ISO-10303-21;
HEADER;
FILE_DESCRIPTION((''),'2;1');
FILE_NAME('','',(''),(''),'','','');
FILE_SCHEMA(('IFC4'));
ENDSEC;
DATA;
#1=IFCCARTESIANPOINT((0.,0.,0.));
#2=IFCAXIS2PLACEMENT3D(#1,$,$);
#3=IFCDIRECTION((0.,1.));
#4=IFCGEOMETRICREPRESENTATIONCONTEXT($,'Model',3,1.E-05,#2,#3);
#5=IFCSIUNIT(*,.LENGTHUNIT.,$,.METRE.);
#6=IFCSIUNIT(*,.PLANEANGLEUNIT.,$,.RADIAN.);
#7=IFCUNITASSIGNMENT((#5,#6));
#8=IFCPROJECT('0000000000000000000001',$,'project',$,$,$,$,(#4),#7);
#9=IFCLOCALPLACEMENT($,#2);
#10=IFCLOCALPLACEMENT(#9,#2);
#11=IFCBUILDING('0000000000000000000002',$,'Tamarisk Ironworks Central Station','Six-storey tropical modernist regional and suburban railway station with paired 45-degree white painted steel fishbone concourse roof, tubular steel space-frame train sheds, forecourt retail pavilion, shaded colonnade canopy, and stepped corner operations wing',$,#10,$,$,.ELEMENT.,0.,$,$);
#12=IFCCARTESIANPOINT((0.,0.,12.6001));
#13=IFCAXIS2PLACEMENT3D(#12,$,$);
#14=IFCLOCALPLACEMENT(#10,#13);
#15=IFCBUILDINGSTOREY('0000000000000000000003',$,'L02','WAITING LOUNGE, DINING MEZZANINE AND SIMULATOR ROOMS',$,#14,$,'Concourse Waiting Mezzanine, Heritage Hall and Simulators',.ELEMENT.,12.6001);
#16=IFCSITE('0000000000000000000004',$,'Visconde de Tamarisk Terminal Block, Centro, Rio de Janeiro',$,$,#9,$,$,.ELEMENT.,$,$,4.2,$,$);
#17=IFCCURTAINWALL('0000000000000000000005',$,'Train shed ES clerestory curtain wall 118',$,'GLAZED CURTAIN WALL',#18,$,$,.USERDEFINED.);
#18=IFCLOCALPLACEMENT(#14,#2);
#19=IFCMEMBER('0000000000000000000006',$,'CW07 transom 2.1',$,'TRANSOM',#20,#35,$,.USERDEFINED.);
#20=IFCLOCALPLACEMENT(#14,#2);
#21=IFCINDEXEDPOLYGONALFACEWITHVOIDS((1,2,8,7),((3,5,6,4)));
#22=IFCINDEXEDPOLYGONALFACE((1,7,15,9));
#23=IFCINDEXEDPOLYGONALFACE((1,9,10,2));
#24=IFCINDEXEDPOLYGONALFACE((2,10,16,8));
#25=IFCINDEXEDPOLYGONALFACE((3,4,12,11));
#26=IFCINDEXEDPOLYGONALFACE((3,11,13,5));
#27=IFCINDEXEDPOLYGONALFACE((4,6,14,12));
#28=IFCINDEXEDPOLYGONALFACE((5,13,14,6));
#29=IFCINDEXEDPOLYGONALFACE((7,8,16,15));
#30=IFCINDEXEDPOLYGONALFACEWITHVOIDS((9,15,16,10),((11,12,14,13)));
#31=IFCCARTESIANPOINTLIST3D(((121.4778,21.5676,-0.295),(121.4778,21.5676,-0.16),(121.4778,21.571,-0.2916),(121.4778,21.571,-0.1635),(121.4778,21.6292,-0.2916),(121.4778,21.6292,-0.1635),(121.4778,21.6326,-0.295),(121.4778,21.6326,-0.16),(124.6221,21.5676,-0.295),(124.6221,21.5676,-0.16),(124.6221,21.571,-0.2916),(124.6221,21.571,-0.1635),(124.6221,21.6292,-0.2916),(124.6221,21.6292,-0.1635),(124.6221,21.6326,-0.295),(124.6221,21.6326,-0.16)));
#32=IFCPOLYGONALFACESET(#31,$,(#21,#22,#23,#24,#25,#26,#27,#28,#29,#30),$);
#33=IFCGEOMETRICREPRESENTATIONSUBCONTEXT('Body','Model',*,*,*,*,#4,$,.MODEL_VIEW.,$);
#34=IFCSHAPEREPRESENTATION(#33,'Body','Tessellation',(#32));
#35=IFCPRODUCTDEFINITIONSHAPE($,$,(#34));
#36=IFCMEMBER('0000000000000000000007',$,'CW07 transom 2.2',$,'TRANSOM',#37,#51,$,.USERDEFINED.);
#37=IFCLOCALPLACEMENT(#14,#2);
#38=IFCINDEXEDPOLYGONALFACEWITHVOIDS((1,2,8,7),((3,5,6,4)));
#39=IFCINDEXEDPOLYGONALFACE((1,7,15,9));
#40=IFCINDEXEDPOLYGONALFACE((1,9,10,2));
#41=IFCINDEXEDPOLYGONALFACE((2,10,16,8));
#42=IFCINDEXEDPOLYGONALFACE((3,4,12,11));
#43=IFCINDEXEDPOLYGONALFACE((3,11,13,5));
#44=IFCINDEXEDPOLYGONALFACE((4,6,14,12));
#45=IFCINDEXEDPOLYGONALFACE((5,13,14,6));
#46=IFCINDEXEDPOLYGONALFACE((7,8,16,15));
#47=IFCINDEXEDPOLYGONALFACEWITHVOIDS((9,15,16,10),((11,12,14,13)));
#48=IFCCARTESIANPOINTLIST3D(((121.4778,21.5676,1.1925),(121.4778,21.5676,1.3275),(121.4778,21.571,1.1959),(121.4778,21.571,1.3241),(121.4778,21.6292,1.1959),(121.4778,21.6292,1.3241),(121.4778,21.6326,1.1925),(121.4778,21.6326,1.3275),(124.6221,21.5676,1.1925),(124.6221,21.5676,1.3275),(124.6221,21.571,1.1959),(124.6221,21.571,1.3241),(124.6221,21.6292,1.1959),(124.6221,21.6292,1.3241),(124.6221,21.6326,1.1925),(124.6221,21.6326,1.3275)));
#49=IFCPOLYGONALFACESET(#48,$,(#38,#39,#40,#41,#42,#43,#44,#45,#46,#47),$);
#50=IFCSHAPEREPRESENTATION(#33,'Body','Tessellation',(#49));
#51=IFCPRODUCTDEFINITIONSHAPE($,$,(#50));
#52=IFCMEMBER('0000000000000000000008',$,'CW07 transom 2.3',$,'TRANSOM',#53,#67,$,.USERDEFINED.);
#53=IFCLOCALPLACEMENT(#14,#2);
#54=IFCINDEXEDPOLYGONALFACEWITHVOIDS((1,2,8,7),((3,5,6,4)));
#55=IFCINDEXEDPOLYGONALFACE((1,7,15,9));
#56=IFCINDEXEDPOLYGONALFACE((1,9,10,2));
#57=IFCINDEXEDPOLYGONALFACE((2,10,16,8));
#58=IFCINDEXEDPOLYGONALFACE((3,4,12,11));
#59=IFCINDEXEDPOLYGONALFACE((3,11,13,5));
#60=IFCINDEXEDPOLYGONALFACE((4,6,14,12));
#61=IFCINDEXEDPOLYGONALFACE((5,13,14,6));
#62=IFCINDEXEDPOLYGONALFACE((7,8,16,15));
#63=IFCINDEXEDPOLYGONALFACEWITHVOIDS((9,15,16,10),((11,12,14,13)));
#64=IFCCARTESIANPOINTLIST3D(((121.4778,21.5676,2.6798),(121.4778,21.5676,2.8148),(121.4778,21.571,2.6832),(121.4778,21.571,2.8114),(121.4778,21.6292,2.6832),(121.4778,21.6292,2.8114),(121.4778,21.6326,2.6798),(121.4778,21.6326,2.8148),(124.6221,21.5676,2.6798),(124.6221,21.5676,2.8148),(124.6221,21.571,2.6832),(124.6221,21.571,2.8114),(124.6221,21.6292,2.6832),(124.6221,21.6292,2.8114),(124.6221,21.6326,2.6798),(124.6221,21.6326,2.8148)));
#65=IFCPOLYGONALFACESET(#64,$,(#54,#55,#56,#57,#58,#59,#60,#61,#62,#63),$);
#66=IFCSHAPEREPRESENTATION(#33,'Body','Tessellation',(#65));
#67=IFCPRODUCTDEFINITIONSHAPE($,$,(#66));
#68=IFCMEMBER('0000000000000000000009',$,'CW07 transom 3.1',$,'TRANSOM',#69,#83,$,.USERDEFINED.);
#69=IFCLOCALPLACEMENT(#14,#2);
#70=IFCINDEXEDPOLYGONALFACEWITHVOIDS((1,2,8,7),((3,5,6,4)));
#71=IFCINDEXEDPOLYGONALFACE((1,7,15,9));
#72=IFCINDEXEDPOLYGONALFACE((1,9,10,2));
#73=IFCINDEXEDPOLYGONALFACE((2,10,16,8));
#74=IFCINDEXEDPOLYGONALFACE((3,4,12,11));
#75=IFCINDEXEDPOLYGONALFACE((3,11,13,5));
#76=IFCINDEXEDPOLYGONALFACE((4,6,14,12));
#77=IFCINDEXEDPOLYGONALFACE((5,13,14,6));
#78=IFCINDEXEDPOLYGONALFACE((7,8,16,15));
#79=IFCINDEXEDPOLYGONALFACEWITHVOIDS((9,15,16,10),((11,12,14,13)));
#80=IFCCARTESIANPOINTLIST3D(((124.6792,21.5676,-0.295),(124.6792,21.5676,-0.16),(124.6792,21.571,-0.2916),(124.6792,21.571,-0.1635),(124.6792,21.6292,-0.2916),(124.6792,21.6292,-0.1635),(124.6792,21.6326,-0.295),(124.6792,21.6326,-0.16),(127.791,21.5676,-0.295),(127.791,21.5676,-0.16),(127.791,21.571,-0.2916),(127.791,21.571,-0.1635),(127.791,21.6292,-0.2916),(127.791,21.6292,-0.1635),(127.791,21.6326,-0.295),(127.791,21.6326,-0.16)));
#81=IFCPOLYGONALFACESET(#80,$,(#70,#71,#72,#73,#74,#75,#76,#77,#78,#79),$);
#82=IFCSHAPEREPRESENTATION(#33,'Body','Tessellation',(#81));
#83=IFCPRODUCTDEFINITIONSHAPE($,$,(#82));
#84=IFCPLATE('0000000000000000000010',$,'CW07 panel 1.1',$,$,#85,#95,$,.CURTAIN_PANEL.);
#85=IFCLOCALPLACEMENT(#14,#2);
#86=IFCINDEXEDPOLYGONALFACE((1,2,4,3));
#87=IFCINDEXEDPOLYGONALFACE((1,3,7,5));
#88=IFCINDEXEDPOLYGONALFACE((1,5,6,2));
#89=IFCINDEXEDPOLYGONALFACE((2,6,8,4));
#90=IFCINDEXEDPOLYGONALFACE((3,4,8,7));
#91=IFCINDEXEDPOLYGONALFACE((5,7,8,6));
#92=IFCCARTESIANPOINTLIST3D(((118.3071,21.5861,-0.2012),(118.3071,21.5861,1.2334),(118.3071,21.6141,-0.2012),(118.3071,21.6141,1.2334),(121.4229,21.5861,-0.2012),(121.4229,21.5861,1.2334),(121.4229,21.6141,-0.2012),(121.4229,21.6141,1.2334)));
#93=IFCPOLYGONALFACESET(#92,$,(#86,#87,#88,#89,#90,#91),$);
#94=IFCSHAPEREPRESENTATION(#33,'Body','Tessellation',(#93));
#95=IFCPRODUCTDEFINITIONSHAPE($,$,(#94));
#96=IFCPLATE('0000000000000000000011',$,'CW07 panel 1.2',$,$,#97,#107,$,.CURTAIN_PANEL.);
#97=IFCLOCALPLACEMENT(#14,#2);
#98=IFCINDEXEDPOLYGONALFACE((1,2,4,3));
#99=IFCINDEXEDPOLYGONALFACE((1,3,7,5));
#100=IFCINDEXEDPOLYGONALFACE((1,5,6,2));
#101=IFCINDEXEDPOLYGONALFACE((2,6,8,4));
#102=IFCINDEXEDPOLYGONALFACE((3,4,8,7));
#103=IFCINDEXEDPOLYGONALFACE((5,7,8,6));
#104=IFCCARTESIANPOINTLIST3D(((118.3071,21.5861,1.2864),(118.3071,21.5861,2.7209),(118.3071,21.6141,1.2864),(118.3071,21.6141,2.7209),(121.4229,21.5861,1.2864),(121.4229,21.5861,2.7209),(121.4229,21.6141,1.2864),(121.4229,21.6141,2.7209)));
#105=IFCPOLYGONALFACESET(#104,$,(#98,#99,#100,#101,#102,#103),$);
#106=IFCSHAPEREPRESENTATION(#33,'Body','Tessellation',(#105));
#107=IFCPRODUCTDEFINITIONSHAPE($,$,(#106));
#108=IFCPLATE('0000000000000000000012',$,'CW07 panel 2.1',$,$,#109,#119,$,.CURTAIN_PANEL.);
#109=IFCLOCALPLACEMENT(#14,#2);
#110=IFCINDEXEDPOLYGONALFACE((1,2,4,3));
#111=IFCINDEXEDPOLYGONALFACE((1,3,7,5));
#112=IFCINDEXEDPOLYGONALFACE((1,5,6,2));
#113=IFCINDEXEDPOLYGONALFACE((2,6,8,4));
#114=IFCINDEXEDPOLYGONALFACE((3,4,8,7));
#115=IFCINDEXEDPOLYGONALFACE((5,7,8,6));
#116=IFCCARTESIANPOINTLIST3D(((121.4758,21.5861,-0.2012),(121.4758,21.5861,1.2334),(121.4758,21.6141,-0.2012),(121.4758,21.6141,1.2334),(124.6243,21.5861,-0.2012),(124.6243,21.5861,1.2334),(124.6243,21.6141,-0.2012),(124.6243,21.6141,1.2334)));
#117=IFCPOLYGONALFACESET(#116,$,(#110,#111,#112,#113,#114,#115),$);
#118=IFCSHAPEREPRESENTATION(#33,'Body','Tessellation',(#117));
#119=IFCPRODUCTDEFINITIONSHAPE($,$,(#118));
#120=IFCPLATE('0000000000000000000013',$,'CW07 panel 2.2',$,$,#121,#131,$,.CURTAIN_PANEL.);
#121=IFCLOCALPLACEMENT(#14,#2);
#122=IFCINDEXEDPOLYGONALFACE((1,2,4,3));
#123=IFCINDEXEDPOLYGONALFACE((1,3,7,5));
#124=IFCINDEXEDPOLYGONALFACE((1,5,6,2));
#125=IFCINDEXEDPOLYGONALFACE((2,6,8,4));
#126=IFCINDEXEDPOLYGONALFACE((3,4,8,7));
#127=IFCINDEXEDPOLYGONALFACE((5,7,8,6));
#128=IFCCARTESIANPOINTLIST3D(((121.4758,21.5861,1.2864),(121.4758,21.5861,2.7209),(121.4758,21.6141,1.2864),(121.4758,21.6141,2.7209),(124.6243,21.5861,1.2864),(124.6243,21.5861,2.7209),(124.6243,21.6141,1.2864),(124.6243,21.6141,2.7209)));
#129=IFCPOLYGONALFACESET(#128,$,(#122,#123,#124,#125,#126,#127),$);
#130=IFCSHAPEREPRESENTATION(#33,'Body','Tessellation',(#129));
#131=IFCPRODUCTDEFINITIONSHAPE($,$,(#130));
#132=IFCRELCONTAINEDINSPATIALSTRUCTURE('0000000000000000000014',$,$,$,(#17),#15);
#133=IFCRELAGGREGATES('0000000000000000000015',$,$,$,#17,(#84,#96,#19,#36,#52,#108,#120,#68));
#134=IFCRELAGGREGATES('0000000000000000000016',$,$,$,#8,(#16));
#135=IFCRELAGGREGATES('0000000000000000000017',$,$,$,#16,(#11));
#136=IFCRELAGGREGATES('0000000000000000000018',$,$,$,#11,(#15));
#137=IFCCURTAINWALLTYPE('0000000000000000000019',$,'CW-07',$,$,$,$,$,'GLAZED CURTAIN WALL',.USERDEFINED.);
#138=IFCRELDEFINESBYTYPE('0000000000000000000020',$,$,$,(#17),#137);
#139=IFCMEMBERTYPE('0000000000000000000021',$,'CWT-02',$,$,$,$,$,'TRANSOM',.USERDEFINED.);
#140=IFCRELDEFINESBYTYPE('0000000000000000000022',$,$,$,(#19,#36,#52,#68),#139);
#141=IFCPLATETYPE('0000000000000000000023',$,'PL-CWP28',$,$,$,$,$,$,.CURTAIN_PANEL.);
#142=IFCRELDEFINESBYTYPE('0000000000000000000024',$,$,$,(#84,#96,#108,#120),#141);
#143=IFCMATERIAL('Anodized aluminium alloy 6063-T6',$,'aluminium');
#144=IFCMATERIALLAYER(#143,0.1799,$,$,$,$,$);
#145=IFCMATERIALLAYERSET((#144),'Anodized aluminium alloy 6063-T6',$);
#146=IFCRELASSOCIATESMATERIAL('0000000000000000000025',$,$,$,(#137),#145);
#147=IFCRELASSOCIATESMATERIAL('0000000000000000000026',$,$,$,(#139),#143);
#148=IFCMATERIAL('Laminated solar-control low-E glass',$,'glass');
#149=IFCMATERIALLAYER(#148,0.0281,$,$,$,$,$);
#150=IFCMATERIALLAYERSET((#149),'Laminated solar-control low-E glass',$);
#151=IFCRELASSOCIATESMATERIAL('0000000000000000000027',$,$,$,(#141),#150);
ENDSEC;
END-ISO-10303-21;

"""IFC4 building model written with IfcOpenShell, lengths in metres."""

from ifc_helpers import new_model, si_unit, direction, frame, origin, origin_2d, place, context, subcontext, project, spatial, rectangle, hollow_rectangle, extrude, material, layer, layer_set, material_profile, profile_set, type_object, element, aggregate, save


model = new_model("IFC4")

# Units and contexts
model_context = context("Model", 3, precision=1e-05, world=origin(), true_north=direction((0.0, 1.0)))
body_context = subcontext(model_context, "Body", "Model", "MODEL_VIEW")
ifc_project = project(units=[si_unit("LENGTHUNIT", "METRE"), si_unit("PLANEANGLEUNIT", "RADIAN")], contexts=[model_context])

# Site, building, storey
site_placement = place(None, origin())
site = spatial("IfcSite", under=ifc_project, at=site_placement, Name="Visconde de Tamarisk Terminal Block, Centro, Rio de Janeiro", CompositionType="ELEMENT", RefElevation=4.2)
building_placement = place(site_placement, origin())
building = spatial("IfcBuilding", under=site, at=building_placement, Name="Tamarisk Ironworks Central Station", Description="Six-storey tropical modernist regional and suburban railway station with paired 45-degree white painted steel fishbone concourse roof, tubular steel space-frame train sheds, forecourt retail pavilion, shaded colonnade canopy, and stepped corner operations wing", CompositionType="ELEMENT", ElevationOfRefHeight=0.0)
storey_placement = place(building_placement, frame((0.0, 0.0, 12.6001)))
storey = spatial("IfcBuildingStorey", under=building, at=storey_placement, Name="L02", Description="WAITING LOUNGE, DINING MEZZANINE AND SIMULATOR ROOMS", LongName="Concourse Waiting Mezzanine, Heritage Hall and Simulators", CompositionType="ELEMENT", Elevation=12.6001)

# Curtain wall, members, plates
ifc_material_1 = material(Name="Anodized aluminium alloy 6063-T6", Category="aluminium")
ifc_layer_1 = layer(ifc_material_1, 0.1799)
ifc_layer_set_1 = layer_set([ifc_layer_1], Name="Anodized aluminium alloy 6063-T6")
curtain_wall_type = type_object("IfcCurtainWallType", Name="CW-07", ElementType="GLAZED CURTAIN WALL", PredefinedType="USERDEFINED", material=ifc_layer_set_1)
curtain_wall_placement = place(storey_placement, origin())
curtain_wall = element("IfcCurtainWall", 1, at=curtain_wall_placement, inside=storey, type_object=curtain_wall_type, Name="Train shed ES clerestory curtain wall 118", ObjectType="GLAZED CURTAIN WALL", PredefinedType="USERDEFINED")
ifc_material_profile_1 = material_profile(ifc_material_1, hollow_rectangle(XDim=0.0649, YDim=0.135, WallThickness=0.0034, at=origin_2d()), Name="ALUM 135x65")
ifc_profile_set_1 = profile_set([ifc_material_profile_1], Name="Anodized aluminium alloy 6063-T6")
member_type_1 = type_object("IfcMemberType", Name="CWT-02", ElementType="TRANSOM", PredefinedType="USERDEFINED", material=ifc_profile_set_1)
member_1_placement = place(storey_placement, frame((121.4778, 21.6001, -0.2275), z_axis=(1.0, 0.0, 0.0), x_axis=(0.0, 1.0, 0.0)))
member_1 = element("IfcMember", 2, at=member_1_placement, type_object=member_type_1, Name="CW07 transom 2.1", ObjectType="TRANSOM", PredefinedType="USERDEFINED", context=body_context, shape_type="SweptSolid", body=[
    extrude(hollow_rectangle(XDim=0.0649, YDim=0.135, WallThickness=0.0034, at=origin_2d()), origin(), (0.0, 0.0, 1.0), 3.1443),
])
member_2_placement = place(storey_placement, frame((121.4778, 21.6001, 1.26), z_axis=(1.0, 0.0, 0.0), x_axis=(0.0, 1.0, 0.0)))
member_2 = element("IfcMember", 3, at=member_2_placement, type_object=member_type_1, Name="CW07 transom 2.2", ObjectType="TRANSOM", PredefinedType="USERDEFINED", context=body_context, shape_type="SweptSolid", body=[
    extrude(hollow_rectangle(XDim=0.0649, YDim=0.135, WallThickness=0.0034, at=origin_2d()), origin(), (0.0, 0.0, 1.0), 3.1443),
])
member_3_placement = place(storey_placement, frame((121.4778, 21.6001, 2.7473), z_axis=(1.0, 0.0, 0.0), x_axis=(0.0, 1.0, 0.0)))
member_3 = element("IfcMember", 4, at=member_3_placement, type_object=member_type_1, Name="CW07 transom 2.3", ObjectType="TRANSOM", PredefinedType="USERDEFINED", context=body_context, shape_type="SweptSolid", body=[
    extrude(hollow_rectangle(XDim=0.0649, YDim=0.135, WallThickness=0.0034, at=origin_2d()), origin(), (0.0, 0.0, 1.0), 3.1443),
])
member_4_placement = place(storey_placement, frame((124.6792, 21.6001, -0.2275), z_axis=(1.0, 0.0, 0.0), x_axis=(0.0, 1.0, 0.0)))
member_4 = element("IfcMember", 5, at=member_4_placement, type_object=member_type_1, Name="CW07 transom 3.1", ObjectType="TRANSOM", PredefinedType="USERDEFINED", context=body_context, shape_type="SweptSolid", body=[
    extrude(hollow_rectangle(XDim=0.0649, YDim=0.135, WallThickness=0.0034, at=origin_2d()), origin(), (0.0, 0.0, 1.0), 3.1118),
])
ifc_material_2 = material(Name="Laminated solar-control low-E glass", Category="glass")
ifc_layer_2 = layer(ifc_material_2, 0.0281)
ifc_layer_set_2 = layer_set([ifc_layer_2], Name="Laminated solar-control low-E glass")
plate_type = type_object("IfcPlateType", Name="PL-CWP28", PredefinedType="CURTAIN_PANEL", material=ifc_layer_set_2)
plate_1_placement = place(storey_placement, frame((119.865, 21.6001, -0.2012), z_axis=(0.0, 0.0, 1.0), x_axis=(1.0, 0.0, 0.0)))
plate_1 = element("IfcPlate", 6, at=plate_1_placement, type_object=plate_type, Name="CW07 panel 1.1", PredefinedType="CURTAIN_PANEL", context=body_context, shape_type="SweptSolid", body=[
    extrude(rectangle(XDim=3.1157, YDim=0.0281, at=origin_2d()), origin(), (0.0, 0.0, 1.0), 1.4346),
])
plate_2_placement = place(storey_placement, frame((119.865, 21.6001, 1.2864), z_axis=(0.0, 0.0, 1.0), x_axis=(1.0, 0.0, 0.0)))
plate_2 = element("IfcPlate", 7, at=plate_2_placement, type_object=plate_type, Name="CW07 panel 1.2", PredefinedType="CURTAIN_PANEL", context=body_context, shape_type="SweptSolid", body=[
    extrude(rectangle(XDim=3.1157, YDim=0.0281, at=origin_2d()), origin(), (0.0, 0.0, 1.0), 1.4346),
])
plate_3_placement = place(storey_placement, frame((123.05, 21.6001, -0.2012), z_axis=(0.0, 0.0, 1.0), x_axis=(1.0, 0.0, 0.0)))
plate_3 = element("IfcPlate", 8, at=plate_3_placement, type_object=plate_type, Name="CW07 panel 2.1", PredefinedType="CURTAIN_PANEL", context=body_context, shape_type="SweptSolid", body=[
    extrude(rectangle(XDim=3.1484, YDim=0.0281, at=origin_2d()), origin(), (0.0, 0.0, 1.0), 1.4346),
])
plate_4_placement = place(storey_placement, frame((123.05, 21.6001, 1.2864), z_axis=(0.0, 0.0, 1.0), x_axis=(1.0, 0.0, 0.0)))
plate_4 = element("IfcPlate", 9, at=plate_4_placement, type_object=plate_type, Name="CW07 panel 2.2", PredefinedType="CURTAIN_PANEL", context=body_context, shape_type="SweptSolid", body=[
    extrude(rectangle(XDim=3.1484, YDim=0.0281, at=origin_2d()), origin(), (0.0, 0.0, 1.0), 1.4346),
])
aggregate(curtain_wall, [plate_1, plate_2, member_1, member_2, member_3, plate_3, plate_4, member_4])

save(model, "model.ifc")
